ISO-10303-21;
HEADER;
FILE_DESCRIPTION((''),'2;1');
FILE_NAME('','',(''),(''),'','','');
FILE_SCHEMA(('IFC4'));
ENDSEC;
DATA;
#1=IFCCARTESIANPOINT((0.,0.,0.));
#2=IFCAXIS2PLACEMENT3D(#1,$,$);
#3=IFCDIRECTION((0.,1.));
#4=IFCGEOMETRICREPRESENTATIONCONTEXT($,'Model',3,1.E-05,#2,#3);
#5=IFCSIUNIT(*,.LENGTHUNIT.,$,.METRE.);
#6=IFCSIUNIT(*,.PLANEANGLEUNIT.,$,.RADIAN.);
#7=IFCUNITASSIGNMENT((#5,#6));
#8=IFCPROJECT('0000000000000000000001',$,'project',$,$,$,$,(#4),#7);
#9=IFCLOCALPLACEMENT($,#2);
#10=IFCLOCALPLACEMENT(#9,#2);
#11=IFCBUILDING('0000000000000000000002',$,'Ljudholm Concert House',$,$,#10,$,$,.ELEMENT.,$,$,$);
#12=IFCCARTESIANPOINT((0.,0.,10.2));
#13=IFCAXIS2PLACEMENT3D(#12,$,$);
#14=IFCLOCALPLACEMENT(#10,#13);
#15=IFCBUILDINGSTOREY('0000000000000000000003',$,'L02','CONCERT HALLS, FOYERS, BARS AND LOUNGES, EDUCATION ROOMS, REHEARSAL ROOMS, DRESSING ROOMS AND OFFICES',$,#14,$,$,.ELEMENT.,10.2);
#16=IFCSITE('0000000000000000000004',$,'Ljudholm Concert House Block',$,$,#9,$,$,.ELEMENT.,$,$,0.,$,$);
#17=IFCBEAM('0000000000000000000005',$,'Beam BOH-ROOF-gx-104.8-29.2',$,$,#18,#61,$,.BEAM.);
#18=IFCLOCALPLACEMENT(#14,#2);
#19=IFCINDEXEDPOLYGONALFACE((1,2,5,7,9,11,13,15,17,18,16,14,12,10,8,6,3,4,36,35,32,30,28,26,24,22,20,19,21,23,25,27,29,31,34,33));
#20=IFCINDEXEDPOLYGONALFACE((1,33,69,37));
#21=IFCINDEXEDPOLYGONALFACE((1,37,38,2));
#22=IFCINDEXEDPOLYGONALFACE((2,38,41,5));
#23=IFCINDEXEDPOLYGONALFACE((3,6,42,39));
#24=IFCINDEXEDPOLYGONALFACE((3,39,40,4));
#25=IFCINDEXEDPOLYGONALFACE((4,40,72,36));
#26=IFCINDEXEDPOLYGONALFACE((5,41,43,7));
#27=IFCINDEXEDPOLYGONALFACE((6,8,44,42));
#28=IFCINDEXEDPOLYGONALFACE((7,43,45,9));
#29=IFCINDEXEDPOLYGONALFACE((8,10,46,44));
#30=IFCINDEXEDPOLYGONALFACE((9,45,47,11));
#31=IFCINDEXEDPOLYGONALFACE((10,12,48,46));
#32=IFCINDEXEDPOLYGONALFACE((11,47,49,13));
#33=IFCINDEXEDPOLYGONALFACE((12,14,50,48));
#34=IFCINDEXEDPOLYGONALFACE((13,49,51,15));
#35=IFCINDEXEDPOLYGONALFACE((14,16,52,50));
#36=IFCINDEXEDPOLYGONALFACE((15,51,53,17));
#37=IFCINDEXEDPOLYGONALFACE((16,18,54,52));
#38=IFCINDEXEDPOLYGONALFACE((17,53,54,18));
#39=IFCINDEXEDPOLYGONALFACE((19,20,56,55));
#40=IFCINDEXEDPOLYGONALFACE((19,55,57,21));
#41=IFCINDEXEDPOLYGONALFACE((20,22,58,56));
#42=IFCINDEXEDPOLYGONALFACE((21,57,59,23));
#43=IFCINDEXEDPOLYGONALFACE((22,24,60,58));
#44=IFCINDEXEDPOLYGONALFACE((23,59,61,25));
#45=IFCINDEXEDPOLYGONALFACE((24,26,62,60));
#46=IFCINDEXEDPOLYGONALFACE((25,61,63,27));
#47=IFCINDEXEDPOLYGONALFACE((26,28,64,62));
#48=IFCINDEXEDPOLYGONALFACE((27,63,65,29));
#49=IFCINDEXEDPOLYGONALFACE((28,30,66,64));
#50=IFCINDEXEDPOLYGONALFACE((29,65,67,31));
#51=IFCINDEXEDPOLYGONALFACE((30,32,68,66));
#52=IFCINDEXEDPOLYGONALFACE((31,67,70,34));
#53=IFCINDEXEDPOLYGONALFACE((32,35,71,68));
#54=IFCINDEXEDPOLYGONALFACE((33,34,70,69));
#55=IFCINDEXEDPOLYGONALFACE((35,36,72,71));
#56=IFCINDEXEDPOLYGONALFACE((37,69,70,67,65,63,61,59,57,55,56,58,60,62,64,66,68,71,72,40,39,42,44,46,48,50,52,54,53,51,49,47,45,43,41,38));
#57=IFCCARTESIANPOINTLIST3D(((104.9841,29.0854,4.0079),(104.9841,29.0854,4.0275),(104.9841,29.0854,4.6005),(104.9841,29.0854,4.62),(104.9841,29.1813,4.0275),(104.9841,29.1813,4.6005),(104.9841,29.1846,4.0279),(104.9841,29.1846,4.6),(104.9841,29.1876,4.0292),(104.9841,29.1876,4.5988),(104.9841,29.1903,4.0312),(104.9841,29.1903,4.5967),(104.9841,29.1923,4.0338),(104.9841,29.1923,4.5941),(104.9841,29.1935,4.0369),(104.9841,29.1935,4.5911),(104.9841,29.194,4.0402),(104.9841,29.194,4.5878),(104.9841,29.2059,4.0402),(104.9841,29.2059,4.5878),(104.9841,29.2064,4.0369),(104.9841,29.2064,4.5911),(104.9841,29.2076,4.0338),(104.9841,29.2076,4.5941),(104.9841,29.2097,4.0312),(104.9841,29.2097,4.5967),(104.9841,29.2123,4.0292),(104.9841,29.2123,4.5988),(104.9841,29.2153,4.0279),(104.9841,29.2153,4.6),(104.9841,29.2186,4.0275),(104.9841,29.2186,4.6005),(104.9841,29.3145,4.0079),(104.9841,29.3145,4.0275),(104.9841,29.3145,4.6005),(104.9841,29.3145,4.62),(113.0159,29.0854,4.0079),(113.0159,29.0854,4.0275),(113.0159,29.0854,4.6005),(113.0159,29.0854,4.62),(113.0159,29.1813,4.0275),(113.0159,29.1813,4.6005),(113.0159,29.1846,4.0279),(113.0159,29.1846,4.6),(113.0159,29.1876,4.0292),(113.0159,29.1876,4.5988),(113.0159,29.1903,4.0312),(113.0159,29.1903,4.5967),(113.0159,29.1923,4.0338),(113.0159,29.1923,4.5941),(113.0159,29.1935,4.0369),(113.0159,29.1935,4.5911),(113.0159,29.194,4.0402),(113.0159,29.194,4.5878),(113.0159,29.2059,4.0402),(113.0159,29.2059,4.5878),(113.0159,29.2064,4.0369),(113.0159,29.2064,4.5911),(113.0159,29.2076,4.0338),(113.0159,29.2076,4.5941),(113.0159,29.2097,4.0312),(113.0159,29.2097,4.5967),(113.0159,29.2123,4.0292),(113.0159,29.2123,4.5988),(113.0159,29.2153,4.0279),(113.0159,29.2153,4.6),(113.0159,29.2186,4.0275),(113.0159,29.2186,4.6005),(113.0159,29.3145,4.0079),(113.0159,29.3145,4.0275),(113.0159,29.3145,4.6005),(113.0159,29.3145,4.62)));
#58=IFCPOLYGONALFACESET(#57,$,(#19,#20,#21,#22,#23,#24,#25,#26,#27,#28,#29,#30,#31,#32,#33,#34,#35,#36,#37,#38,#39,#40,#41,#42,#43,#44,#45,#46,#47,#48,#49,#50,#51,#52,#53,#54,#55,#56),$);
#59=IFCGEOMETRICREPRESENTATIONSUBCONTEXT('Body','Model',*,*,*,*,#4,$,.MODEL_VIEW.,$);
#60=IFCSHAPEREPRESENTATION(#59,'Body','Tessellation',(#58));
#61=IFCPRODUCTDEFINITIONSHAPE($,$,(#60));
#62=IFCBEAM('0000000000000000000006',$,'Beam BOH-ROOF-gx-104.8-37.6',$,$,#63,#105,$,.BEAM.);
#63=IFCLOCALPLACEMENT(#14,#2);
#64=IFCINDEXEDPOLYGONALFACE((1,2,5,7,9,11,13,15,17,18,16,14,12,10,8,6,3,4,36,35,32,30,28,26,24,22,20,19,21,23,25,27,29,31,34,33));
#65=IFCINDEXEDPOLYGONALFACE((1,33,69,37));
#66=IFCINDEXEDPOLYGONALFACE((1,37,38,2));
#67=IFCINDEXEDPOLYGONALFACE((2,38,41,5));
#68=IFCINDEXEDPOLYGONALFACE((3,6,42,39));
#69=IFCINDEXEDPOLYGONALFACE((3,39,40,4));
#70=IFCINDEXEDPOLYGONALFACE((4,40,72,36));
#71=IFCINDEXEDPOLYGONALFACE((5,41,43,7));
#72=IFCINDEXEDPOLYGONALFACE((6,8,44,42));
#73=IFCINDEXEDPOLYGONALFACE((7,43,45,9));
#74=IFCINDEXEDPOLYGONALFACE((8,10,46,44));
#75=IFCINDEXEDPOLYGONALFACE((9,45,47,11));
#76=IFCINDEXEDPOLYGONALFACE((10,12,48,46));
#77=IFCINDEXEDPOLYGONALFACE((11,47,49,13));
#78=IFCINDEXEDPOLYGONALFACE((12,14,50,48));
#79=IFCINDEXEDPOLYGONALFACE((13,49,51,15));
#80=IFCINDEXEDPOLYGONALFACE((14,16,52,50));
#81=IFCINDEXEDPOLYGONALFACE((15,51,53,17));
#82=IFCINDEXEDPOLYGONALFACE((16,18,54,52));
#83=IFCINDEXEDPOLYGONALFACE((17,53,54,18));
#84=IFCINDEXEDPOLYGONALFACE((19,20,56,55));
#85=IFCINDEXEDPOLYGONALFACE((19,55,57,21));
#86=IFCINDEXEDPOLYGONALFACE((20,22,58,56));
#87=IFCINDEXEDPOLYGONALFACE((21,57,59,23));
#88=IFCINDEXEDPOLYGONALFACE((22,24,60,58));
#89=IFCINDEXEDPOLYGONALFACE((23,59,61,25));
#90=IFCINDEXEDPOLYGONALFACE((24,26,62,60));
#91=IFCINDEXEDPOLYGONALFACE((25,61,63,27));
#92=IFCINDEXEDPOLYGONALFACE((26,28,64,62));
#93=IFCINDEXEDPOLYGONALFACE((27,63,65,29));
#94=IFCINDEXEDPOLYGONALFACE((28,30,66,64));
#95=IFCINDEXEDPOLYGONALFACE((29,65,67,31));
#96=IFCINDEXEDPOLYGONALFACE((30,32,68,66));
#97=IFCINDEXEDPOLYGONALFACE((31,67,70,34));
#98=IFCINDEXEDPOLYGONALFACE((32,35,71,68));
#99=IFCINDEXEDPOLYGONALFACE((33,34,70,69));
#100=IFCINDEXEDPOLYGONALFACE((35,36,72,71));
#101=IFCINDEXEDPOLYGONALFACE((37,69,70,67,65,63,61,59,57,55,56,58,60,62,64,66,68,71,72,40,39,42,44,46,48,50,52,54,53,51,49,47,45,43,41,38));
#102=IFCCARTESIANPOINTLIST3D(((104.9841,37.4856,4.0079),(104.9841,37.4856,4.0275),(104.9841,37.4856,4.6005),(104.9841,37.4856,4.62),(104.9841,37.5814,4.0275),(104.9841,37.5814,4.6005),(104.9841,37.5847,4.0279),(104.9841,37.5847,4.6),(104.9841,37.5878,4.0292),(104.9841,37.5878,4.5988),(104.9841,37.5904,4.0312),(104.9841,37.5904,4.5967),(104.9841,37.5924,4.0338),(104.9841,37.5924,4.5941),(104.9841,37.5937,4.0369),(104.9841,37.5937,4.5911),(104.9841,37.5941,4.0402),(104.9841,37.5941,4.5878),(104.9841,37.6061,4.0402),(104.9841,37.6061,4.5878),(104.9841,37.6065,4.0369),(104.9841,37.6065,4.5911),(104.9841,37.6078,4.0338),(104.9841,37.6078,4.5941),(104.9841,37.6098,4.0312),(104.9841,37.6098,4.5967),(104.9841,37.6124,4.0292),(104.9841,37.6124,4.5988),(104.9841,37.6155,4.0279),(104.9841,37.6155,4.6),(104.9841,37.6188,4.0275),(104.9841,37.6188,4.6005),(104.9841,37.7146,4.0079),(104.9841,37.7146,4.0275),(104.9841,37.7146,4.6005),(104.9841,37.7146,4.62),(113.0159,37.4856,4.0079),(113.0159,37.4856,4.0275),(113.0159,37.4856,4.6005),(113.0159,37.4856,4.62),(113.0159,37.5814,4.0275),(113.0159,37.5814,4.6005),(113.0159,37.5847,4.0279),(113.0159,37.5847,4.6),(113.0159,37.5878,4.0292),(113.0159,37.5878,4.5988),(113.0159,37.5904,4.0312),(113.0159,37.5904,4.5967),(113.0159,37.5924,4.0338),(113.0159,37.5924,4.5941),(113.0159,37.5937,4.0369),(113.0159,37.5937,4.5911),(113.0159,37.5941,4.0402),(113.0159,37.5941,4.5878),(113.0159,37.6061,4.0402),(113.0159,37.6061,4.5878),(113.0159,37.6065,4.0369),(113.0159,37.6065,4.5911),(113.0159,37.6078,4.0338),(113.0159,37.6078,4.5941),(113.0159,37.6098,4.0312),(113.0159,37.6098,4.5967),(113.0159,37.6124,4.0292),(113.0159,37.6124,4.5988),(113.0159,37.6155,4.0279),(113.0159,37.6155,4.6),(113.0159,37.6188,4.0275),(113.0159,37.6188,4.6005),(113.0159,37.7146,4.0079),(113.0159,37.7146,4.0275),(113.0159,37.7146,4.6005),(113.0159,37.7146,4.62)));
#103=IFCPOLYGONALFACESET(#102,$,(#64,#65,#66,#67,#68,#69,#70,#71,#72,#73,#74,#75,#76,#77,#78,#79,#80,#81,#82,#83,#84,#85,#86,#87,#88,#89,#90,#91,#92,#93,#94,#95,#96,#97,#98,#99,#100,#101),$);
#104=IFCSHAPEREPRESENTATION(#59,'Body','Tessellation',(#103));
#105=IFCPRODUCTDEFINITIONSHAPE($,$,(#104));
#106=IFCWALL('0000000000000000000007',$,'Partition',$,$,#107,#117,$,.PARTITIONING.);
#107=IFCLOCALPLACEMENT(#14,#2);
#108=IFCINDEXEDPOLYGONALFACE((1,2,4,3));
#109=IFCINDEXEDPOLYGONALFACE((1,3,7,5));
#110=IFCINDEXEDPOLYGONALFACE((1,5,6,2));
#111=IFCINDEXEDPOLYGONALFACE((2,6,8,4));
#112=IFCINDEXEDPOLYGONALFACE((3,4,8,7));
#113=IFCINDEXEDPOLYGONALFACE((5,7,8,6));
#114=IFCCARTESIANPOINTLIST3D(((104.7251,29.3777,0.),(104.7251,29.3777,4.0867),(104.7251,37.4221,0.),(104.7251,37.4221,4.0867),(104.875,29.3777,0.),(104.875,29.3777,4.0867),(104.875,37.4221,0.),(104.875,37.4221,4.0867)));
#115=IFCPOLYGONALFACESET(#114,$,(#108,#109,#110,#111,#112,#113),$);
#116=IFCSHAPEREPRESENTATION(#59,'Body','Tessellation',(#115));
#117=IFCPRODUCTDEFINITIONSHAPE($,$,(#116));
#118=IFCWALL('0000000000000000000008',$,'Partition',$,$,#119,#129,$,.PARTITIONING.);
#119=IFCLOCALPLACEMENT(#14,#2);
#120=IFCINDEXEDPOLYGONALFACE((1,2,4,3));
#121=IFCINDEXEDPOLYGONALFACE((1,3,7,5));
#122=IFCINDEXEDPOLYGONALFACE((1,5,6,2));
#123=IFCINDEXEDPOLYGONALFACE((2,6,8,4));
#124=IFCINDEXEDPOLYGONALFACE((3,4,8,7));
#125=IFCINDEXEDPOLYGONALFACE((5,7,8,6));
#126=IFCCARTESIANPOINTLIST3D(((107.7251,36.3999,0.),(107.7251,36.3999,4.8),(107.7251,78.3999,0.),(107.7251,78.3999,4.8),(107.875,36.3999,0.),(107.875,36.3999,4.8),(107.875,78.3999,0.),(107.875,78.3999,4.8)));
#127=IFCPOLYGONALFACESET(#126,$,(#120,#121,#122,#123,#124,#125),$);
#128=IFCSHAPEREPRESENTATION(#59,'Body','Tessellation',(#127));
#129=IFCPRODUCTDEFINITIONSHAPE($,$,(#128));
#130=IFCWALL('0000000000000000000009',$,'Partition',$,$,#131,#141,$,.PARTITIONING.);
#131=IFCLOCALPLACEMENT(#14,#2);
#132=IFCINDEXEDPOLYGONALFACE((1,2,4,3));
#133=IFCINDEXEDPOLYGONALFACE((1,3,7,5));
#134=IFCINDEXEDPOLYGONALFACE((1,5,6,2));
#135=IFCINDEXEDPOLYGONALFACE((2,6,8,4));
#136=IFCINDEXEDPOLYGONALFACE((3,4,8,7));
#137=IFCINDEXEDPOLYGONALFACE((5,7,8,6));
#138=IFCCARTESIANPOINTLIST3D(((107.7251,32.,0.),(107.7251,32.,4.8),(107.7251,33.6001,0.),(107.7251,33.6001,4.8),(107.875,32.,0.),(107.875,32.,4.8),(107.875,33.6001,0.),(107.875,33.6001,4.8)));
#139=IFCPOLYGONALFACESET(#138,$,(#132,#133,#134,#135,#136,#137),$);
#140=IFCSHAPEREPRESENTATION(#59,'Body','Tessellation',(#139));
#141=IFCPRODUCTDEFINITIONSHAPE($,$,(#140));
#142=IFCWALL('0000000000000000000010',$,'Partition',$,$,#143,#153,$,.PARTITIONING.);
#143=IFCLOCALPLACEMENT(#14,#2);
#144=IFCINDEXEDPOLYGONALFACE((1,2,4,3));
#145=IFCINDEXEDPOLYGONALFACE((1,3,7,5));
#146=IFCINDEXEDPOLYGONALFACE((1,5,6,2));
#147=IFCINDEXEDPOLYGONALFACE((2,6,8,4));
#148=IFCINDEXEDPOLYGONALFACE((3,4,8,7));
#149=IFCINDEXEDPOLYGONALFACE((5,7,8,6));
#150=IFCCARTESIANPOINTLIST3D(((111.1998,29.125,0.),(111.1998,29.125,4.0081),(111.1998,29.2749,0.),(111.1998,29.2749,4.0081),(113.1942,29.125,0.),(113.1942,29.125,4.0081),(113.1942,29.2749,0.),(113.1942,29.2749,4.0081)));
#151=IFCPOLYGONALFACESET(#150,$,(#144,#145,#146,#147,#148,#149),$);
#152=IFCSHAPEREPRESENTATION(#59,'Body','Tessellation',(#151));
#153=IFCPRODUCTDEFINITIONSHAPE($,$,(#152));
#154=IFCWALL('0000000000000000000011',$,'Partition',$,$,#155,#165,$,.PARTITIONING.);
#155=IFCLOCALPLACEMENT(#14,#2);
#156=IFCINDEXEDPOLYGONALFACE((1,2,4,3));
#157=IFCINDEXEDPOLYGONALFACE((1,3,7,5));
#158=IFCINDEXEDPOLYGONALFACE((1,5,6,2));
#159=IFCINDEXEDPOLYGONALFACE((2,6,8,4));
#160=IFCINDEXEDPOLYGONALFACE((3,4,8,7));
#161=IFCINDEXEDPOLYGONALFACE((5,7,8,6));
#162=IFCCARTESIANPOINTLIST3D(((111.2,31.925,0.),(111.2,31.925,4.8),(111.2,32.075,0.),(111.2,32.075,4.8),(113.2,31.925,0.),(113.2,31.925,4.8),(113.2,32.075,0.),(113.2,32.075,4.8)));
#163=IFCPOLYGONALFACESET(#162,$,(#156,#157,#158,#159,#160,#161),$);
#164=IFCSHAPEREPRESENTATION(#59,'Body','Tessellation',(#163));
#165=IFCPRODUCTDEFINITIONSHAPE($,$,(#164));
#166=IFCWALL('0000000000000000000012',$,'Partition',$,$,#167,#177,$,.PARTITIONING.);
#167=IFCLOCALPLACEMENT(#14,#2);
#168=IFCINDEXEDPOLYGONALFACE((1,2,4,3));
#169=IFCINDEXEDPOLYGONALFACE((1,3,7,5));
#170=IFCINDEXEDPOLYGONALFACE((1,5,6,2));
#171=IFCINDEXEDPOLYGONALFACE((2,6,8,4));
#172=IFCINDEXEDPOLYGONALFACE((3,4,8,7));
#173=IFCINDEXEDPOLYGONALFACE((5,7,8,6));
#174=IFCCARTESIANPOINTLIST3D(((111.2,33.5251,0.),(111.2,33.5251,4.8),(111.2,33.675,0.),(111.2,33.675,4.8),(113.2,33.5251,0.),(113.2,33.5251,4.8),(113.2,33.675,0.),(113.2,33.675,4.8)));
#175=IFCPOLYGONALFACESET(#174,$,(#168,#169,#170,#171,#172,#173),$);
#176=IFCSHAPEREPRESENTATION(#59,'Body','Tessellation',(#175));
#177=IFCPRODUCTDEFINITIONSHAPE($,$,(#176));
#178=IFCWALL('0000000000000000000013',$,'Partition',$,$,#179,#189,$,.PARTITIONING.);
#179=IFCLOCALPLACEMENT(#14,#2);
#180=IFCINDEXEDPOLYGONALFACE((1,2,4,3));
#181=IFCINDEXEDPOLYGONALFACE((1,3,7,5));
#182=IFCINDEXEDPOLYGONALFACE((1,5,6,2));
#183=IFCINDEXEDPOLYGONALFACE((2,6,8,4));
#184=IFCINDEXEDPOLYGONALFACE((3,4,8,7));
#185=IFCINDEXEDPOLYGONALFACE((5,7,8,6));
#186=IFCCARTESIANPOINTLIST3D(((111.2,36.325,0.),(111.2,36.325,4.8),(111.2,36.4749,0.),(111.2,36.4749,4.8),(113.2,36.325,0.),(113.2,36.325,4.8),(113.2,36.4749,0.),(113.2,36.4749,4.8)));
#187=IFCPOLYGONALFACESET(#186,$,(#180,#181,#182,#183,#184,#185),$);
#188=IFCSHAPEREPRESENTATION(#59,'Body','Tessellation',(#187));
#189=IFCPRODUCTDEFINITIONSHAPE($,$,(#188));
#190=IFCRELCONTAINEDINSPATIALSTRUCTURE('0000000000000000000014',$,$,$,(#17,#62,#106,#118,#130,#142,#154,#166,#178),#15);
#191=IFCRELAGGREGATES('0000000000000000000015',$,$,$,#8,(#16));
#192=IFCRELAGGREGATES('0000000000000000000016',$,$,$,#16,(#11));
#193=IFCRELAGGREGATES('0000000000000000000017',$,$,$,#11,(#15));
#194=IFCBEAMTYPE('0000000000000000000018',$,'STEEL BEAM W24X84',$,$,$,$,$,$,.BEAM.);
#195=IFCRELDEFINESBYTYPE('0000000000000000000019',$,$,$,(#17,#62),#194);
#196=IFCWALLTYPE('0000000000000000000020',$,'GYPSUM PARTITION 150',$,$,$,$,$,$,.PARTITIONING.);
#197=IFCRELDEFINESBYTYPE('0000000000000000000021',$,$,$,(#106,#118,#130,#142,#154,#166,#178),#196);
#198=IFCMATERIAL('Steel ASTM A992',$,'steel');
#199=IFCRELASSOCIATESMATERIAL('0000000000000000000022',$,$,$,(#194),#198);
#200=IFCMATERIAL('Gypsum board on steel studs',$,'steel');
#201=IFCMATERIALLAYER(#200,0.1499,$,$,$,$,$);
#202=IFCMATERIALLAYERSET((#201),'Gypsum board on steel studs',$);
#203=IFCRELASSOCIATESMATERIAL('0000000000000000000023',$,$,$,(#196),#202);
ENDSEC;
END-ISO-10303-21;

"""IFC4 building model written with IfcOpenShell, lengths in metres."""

from ifc_helpers import new_model, si_unit, direction, frame, frame_2d, origin, origin_2d, place, context, subcontext, project, spatial, rectangle, i_section, extrude, material, layer, layer_set, material_profile, profile_set, type_object, element, save


model = new_model("IFC4")

# Units and contexts
model_context = context("Model", 3, precision=1e-05, world=origin(), true_north=direction((0.0, 1.0)))
body_context = subcontext(model_context, "Body", "Model", "MODEL_VIEW")
ifc_project = project(units=[si_unit("LENGTHUNIT", "METRE"), si_unit("PLANEANGLEUNIT", "RADIAN")], contexts=[model_context])

# Site, building, storey
site_placement = place(None, origin())
site = spatial("IfcSite", under=ifc_project, at=site_placement, Name="Ljudholm Concert House Block", CompositionType="ELEMENT", RefElevation=0.0)
building_placement = place(site_placement, origin())
building = spatial("IfcBuilding", under=site, at=building_placement, Name="Ljudholm Concert House", CompositionType="ELEMENT")
storey_placement = place(building_placement, frame((0.0, 0.0, 10.2)))
storey = spatial("IfcBuildingStorey", under=building, at=storey_placement, Name="L02", Description="CONCERT HALLS, FOYERS, BARS AND LOUNGES, EDUCATION ROOMS, REHEARSAL ROOMS, DRESSING ROOMS AND OFFICES", CompositionType="ELEMENT", Elevation=10.2)

# Beams
ifc_material_1 = material(Name="Steel ASTM A992", Category="steel")
ifc_material_profile_1 = material_profile(ifc_material_1, i_section(OverallWidth=0.229, OverallDepth=0.6121, WebThickness=0.012, FlangeThickness=0.0195, FilletRadius=0.0127, at=origin_2d()), Name="W24X84")
ifc_profile_set_1 = profile_set([ifc_material_profile_1], Name="Steel ASTM A992")
beam_type_1 = type_object("IfcBeamType", Name="STEEL BEAM W24X84", PredefinedType="BEAM", material=ifc_profile_set_1)
for number, where, z_axis, x_axis, name in (
    (1, (104.9841, 29.2, 4.314), (1.0, 0.0, 0.0), (0.0, 1.0, 0.0), "Beam BOH-ROOF-gx-104.8-29.2"),
    (2, (104.9841, 37.6001, 4.314), (1.0, 0.0, 0.0), (0.0, 1.0, 0.0), "Beam BOH-ROOF-gx-104.8-37.6"),
):
    element("IfcBeam", number, at=place(storey_placement, frame(where, z_axis=z_axis, x_axis=x_axis)), inside=storey, type_object=beam_type_1, Name=name, PredefinedType="BEAM", context=body_context, shape_type="SweptSolid", body=[
        extrude(i_section(OverallWidth=0.229, OverallDepth=0.6121, WebThickness=0.012, FlangeThickness=0.0195, FilletRadius=0.0127, at=origin_2d()), origin(), (0.0, 0.0, 1.0), 8.0317),
    ])

# Walls
ifc_material_2 = material(Name="Gypsum board on steel studs", Category="steel")
ifc_layer_1 = layer(ifc_material_2, 0.1499)
ifc_layer_set_1 = layer_set([ifc_layer_1], Name="Gypsum board on steel studs")
wall_type_1 = type_object("IfcWallType", Name="GYPSUM PARTITION 150", PredefinedType="PARTITIONING", material=ifc_layer_set_1)
wall_1_placement = place(storey_placement, frame((104.8, 29.3777, 0.0), z_axis=(0.0, 0.0, 1.0), x_axis=(0.0, 1.0, 0.0)))
element("IfcWall", 3, at=wall_1_placement, inside=storey, type_object=wall_type_1, Name="Partition", PredefinedType="PARTITIONING", context=body_context, shape_type="SweptSolid", body=[
    extrude(rectangle(XDim=8.0444, YDim=0.1499, at=frame_2d((4.0222, 0.0))), origin(), (0.0, 0.0, 1.0), 4.0867),
])
wall_2_placement = place(storey_placement, frame((107.8, 36.3999, 0.0), z_axis=(0.0, 0.0, 1.0), x_axis=(0.0, 1.0, 0.0)))
element("IfcWall", 4, at=wall_2_placement, inside=storey, type_object=wall_type_1, Name="Partition", PredefinedType="PARTITIONING", context=body_context, shape_type="SweptSolid", body=[
    extrude(rectangle(XDim=42.0, YDim=0.1499, at=frame_2d((21.0, 0.0))), origin(), (0.0, 0.0, 1.0), 4.8),
])
wall_3_placement = place(storey_placement, frame((107.8, 32.0, 0.0), z_axis=(0.0, 0.0, 1.0), x_axis=(0.0, 1.0, 0.0)))
element("IfcWall", 5, at=wall_3_placement, inside=storey, type_object=wall_type_1, Name="Partition", PredefinedType="PARTITIONING", context=body_context, shape_type="SweptSolid", body=[
    extrude(rectangle(XDim=1.6001, YDim=0.1499, at=frame_2d((0.8, 0.0))), origin(), (0.0, 0.0, 1.0), 4.8),
])
wall_4_placement = place(storey_placement, frame((111.2, 29.2, 0.0), z_axis=(0.0, 0.0, 1.0), x_axis=(1.0, 0.0, 0.0)))
element("IfcWall", 6, at=wall_4_placement, inside=storey, type_object=wall_type_1, Name="Partition", PredefinedType="PARTITIONING", context=body_context, shape_type="SweptSolid", body=[
    extrude(rectangle(XDim=1.9944, YDim=0.1499, at=frame_2d((0.9971, 0.0))), origin(), (0.0, 0.0, 1.0), 4.0081),
])
for number, where, z_axis, x_axis, name in (
    (7, (111.2, 32.0, 0.0), (0.0, 0.0, 1.0), (1.0, 0.0, 0.0), "Partition"),
    (8, (111.2, 33.6001, 0.0), (0.0, 0.0, 1.0), (1.0, 0.0, 0.0), "Partition"),
    (9, (111.2, 36.3999, 0.0), (0.0, 0.0, 1.0), (1.0, 0.0, 0.0), "Partition"),
):
    element("IfcWall", number, at=place(storey_placement, frame(where, z_axis=z_axis, x_axis=x_axis)), inside=storey, type_object=wall_type_1, Name=name, PredefinedType="PARTITIONING", context=body_context, shape_type="SweptSolid", body=[
        extrude(rectangle(XDim=2.0, YDim=0.1499, at=frame_2d((1.0, 0.0))), origin(), (0.0, 0.0, 1.0), 4.8),
    ])

save(model, "model.ifc")
